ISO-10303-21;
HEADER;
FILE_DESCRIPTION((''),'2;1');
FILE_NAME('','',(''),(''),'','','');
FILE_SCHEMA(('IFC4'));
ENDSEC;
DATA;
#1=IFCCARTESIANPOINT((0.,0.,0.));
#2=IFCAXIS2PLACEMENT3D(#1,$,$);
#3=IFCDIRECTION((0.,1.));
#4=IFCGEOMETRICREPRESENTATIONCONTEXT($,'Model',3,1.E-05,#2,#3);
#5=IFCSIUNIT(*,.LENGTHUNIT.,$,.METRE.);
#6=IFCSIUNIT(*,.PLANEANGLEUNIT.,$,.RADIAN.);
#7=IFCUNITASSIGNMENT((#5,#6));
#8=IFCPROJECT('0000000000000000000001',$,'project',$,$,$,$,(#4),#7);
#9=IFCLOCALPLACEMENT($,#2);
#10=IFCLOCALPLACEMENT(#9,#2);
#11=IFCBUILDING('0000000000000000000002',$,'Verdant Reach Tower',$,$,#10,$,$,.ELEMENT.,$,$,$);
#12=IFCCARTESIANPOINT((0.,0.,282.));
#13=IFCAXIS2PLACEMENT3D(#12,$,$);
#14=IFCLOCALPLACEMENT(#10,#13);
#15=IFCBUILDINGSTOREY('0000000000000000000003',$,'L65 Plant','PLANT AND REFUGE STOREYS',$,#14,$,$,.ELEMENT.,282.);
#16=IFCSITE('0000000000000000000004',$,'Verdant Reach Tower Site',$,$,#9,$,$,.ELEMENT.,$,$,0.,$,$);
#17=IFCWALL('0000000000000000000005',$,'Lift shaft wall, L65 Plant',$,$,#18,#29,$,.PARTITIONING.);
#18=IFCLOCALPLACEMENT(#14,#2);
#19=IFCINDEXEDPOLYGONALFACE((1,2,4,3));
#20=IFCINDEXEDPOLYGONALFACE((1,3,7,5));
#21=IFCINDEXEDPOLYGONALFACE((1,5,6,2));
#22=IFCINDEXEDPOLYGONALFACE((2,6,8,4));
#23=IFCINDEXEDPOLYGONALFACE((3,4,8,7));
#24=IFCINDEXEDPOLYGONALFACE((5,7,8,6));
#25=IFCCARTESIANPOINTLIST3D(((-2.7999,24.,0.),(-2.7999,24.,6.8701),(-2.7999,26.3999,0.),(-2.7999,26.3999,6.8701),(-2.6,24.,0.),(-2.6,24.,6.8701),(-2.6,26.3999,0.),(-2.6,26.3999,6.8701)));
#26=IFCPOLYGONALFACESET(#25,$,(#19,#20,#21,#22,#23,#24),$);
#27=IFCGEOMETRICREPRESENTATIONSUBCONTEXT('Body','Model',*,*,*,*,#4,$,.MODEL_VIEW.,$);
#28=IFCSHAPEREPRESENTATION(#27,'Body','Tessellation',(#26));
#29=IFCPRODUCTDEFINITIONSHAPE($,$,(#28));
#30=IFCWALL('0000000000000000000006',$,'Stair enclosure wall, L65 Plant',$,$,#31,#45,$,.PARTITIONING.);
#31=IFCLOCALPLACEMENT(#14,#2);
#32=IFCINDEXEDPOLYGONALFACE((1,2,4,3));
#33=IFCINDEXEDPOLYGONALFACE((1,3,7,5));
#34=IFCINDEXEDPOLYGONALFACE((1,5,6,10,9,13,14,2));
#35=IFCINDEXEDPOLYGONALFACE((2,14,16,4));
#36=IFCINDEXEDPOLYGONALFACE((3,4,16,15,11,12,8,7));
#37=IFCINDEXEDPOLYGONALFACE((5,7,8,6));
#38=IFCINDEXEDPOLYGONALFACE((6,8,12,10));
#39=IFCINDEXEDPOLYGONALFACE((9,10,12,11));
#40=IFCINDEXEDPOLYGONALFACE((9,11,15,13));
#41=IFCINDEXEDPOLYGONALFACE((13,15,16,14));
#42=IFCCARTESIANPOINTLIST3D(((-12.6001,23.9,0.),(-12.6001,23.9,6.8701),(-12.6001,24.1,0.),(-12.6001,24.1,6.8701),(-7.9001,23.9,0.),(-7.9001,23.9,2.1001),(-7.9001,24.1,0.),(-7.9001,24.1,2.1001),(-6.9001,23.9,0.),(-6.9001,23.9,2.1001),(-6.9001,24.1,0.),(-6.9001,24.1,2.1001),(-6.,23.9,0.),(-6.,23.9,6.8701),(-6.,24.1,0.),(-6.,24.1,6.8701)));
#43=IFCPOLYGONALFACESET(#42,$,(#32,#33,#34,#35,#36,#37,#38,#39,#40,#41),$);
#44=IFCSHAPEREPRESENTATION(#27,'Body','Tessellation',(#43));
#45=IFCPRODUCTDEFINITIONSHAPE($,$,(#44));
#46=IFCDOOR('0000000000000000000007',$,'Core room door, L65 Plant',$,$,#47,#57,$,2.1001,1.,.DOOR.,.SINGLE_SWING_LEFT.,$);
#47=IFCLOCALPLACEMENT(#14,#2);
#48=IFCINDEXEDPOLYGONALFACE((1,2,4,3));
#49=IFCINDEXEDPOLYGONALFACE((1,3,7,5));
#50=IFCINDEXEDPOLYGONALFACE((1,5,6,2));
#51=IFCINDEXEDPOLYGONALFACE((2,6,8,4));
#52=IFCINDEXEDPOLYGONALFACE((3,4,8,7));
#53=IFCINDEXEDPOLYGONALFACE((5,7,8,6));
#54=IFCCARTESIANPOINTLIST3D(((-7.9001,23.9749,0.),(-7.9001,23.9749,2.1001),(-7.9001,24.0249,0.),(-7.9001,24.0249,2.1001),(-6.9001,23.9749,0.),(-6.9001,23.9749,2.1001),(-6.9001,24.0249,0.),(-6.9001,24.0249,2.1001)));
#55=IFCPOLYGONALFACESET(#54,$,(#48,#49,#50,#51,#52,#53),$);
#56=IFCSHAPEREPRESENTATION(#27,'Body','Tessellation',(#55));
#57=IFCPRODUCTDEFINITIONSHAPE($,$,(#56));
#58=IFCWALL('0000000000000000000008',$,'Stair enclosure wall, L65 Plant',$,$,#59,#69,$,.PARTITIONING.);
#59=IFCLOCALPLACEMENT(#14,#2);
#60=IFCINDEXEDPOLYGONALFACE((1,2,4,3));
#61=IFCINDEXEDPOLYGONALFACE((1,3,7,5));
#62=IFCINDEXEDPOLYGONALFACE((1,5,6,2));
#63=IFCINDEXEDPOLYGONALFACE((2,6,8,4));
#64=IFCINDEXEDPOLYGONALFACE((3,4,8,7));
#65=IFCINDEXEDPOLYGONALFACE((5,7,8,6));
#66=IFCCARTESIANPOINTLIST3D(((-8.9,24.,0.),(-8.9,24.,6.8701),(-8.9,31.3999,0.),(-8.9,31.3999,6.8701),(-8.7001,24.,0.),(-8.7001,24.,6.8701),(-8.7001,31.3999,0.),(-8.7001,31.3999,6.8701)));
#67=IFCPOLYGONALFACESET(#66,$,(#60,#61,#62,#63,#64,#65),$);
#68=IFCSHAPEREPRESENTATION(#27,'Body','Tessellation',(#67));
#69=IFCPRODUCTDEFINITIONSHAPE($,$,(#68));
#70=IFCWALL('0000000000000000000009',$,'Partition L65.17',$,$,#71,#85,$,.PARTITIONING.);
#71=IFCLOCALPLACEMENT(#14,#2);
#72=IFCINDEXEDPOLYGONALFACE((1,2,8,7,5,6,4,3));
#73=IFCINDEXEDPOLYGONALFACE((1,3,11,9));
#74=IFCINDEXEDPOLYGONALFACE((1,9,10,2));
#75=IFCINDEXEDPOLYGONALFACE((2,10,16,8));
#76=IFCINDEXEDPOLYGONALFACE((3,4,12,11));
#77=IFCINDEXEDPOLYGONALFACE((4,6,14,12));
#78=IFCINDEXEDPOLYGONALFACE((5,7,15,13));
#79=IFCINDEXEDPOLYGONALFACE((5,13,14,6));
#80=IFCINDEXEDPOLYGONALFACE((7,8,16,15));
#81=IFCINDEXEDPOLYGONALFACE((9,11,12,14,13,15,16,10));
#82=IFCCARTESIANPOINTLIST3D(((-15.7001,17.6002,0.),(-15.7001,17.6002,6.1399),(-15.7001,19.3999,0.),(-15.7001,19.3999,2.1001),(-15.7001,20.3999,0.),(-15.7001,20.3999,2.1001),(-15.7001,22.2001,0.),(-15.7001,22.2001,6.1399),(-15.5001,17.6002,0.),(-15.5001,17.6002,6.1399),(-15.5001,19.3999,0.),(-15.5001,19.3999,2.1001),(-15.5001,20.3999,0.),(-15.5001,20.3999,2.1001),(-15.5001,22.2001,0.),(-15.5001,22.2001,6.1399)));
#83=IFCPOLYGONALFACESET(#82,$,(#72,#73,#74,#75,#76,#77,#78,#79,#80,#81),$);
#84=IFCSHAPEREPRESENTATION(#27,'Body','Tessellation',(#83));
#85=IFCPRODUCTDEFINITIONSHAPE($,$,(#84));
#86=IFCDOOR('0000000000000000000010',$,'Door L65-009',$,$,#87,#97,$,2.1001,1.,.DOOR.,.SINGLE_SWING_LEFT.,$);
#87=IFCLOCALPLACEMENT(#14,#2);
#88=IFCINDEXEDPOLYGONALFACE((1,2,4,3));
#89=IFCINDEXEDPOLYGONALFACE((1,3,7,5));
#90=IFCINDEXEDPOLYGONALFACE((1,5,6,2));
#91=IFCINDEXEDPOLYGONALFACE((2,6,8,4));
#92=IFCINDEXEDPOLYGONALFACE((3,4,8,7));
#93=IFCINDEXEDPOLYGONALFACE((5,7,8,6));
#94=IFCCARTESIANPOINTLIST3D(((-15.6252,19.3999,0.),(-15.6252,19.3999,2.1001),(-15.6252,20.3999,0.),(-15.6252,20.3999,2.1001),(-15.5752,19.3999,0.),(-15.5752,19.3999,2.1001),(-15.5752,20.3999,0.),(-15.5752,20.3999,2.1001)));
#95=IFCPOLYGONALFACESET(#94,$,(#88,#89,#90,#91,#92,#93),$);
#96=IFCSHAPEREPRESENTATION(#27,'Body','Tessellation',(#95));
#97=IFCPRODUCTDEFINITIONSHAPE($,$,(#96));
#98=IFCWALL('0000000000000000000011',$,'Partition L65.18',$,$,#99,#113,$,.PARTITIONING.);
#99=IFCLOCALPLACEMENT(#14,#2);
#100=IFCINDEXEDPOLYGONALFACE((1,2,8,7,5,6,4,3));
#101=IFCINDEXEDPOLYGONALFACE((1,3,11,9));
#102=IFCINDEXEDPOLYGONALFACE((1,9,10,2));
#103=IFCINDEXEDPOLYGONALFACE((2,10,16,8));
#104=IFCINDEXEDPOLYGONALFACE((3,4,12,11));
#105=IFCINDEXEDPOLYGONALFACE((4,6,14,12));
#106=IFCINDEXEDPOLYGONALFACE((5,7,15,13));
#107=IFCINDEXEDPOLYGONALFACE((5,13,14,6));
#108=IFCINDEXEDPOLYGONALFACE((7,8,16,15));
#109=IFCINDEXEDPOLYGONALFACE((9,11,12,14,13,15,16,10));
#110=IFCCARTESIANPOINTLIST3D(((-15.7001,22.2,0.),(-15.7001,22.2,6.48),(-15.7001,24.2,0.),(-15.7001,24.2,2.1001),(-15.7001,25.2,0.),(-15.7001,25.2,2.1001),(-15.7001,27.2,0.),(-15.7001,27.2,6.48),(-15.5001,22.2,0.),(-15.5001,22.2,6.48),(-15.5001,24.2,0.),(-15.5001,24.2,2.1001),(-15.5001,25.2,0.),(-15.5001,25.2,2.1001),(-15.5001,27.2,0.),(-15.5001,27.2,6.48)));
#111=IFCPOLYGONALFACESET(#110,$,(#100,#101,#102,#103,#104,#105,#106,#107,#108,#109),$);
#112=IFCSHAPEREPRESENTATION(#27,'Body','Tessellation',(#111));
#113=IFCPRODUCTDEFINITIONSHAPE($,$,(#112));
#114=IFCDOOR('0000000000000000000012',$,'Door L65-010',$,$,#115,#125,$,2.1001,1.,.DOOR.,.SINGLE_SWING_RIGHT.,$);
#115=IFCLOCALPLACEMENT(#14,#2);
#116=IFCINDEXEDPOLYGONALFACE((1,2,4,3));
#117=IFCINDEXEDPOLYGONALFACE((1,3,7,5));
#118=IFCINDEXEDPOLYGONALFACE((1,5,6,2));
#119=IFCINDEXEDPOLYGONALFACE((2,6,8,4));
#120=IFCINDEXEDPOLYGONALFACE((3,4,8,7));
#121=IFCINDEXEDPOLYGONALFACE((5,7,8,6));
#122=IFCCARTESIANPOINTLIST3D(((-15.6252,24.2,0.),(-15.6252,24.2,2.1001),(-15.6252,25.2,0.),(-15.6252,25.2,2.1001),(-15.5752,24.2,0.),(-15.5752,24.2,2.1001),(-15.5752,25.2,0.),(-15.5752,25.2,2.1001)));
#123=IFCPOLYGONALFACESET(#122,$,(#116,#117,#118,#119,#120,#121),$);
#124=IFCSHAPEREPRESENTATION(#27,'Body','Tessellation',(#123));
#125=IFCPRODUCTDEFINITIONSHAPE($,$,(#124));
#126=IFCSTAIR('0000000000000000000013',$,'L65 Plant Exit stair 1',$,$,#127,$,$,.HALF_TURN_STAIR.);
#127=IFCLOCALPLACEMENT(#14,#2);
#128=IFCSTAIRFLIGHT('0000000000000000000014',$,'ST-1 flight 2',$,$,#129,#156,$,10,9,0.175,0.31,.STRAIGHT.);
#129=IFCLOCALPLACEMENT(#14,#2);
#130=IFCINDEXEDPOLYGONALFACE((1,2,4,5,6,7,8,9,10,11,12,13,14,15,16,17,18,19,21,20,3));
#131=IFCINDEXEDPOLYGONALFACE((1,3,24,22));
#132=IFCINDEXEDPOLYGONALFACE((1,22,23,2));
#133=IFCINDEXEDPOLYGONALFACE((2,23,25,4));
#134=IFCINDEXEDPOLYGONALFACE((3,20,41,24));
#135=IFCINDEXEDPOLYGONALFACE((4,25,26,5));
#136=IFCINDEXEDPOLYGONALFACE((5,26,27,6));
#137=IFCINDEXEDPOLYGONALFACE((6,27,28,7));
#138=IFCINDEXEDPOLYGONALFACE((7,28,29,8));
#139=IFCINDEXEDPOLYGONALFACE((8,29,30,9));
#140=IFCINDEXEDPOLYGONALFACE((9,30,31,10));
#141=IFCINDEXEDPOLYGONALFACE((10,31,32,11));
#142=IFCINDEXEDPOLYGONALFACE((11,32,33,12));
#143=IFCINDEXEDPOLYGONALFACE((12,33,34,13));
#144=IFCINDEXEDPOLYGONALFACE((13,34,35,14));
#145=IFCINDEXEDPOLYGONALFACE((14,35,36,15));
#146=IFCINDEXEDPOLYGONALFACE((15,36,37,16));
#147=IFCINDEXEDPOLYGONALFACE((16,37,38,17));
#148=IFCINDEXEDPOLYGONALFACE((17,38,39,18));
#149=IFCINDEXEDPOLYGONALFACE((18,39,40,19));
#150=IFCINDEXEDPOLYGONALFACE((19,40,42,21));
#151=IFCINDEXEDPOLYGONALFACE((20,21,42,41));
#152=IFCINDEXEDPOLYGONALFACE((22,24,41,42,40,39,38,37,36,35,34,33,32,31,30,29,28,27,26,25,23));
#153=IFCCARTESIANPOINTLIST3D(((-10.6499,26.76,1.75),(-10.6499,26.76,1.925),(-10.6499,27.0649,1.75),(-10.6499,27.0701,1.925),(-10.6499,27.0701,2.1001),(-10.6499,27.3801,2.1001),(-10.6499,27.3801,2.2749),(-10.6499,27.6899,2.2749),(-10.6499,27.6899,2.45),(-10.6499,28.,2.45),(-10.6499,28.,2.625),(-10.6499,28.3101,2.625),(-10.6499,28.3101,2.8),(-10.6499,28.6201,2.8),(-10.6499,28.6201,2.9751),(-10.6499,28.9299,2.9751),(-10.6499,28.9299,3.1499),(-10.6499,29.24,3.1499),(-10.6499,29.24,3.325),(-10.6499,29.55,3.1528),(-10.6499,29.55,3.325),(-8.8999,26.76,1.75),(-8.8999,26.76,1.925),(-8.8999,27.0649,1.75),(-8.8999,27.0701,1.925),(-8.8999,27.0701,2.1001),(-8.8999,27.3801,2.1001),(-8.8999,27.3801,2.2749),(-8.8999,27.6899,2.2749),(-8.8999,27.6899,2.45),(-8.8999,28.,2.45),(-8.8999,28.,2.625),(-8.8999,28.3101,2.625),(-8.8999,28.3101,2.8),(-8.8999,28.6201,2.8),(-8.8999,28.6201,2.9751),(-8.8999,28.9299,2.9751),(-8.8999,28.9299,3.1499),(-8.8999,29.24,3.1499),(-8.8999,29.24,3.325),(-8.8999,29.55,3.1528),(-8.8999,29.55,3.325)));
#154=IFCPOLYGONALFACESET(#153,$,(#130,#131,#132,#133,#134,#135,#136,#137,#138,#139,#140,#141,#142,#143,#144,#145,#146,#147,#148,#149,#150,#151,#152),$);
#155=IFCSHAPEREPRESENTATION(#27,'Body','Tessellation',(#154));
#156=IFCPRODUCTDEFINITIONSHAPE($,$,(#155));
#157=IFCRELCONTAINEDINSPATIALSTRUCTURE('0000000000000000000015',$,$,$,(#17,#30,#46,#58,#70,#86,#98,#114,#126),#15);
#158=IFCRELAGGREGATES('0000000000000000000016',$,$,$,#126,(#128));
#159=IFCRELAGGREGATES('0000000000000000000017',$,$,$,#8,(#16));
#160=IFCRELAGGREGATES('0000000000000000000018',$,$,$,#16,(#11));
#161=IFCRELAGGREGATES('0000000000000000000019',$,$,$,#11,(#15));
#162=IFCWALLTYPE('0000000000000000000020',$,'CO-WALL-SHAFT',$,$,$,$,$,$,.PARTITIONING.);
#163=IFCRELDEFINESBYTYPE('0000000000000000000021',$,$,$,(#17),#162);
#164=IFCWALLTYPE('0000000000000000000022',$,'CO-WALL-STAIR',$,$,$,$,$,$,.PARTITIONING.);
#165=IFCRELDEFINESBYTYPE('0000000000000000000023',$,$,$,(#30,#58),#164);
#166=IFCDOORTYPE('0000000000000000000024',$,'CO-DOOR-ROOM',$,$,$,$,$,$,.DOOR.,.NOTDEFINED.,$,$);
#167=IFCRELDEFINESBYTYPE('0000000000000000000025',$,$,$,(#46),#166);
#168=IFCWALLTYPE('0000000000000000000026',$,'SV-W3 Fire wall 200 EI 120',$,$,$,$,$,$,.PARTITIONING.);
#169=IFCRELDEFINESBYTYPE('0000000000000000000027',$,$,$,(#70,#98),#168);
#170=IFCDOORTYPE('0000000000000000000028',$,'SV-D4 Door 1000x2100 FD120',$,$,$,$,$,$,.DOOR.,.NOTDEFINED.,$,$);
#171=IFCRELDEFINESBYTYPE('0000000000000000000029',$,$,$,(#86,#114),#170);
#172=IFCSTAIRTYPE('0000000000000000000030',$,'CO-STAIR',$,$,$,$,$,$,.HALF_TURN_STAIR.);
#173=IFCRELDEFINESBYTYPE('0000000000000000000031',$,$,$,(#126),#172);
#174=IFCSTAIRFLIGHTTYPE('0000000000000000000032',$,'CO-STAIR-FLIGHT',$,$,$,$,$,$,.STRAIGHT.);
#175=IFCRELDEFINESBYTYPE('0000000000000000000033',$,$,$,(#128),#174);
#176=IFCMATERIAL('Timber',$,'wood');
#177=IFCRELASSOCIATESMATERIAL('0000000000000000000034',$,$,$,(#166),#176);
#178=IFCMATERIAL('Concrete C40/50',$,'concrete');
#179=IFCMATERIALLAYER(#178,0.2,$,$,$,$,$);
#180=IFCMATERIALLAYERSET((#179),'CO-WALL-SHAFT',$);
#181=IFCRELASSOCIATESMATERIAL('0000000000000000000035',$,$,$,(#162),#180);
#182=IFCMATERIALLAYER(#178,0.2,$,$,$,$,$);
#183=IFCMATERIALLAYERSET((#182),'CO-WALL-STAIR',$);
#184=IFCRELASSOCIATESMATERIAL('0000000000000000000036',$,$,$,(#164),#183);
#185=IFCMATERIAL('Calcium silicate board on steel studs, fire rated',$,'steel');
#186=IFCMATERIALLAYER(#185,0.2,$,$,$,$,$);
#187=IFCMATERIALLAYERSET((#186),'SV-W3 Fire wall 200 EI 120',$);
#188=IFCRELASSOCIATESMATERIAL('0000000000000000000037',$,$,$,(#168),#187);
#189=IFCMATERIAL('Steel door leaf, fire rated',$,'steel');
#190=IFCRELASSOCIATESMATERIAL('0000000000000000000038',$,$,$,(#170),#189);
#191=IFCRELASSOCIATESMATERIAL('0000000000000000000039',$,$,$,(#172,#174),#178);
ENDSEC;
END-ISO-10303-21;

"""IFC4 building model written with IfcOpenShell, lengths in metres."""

from ifc_helpers import new_model, si_unit, direction, frame, frame_2d, origin, place, context, subcontext, project, spatial, polyline, rectangle, outline, extrude, material, layer, layer_set, type_object, element, fill, aggregate, save


model = new_model("IFC4")

# Units and contexts
model_context = context("Model", 3, precision=1e-05, world=origin(), true_north=direction((0.0, 1.0)))
body_context = subcontext(model_context, "Body", "Model", "MODEL_VIEW")
ifc_project = project(units=[si_unit("LENGTHUNIT", "METRE"), si_unit("PLANEANGLEUNIT", "RADIAN")], contexts=[model_context])

# Site, building, storey
site_placement = place(None, origin())
site = spatial("IfcSite", under=ifc_project, at=site_placement, Name="Verdant Reach Tower Site", CompositionType="ELEMENT", RefElevation=0.0)
building_placement = place(site_placement, origin())
building = spatial("IfcBuilding", under=site, at=building_placement, Name="Verdant Reach Tower", CompositionType="ELEMENT")
storey_placement = place(building_placement, frame((0.0, 0.0, 282.0)))
storey = spatial("IfcBuildingStorey", under=building, at=storey_placement, Name="L65 Plant", Description="PLANT AND REFUGE STOREYS", CompositionType="ELEMENT", Elevation=282.0)

# Shared definitions
ifc_material_1 = material(Name="Timber", Category="wood")
door_type_1 = type_object("IfcDoorType", Name="CO-DOOR-ROOM", OperationType="NOTDEFINED", PredefinedType="DOOR", material=ifc_material_1)

# Wall
ifc_material_2 = material(Name="Concrete C40/50", Category="concrete")
ifc_layer_1 = layer(ifc_material_2, 0.2)
ifc_layer_set_1 = layer_set([ifc_layer_1], Name="CO-WALL-SHAFT")
wall_type_1 = type_object("IfcWallType", Name="CO-WALL-SHAFT", PredefinedType="PARTITIONING", material=ifc_layer_set_1)
wall_1_placement = place(storey_placement, frame((-2.7, 24.0, 0.0), z_axis=(0.0, 0.0, 1.0), x_axis=(0.0, 1.0, 0.0)))
element("IfcWall", 1, at=wall_1_placement, inside=storey, type_object=wall_type_1, Name="Lift shaft wall, L65 Plant", PredefinedType="PARTITIONING", context=body_context, shape_type="SweptSolid", body=[
    extrude(rectangle(XDim=2.3999, YDim=0.2, at=frame_2d((1.2, 0.0))), origin(), (0.0, 0.0, 1.0), 6.8701),
])

# Wall, opening, door
ifc_layer_2 = layer(ifc_material_2, 0.2)
ifc_layer_set_2 = layer_set([ifc_layer_2], Name="CO-WALL-STAIR")
wall_type_2 = type_object("IfcWallType", Name="CO-WALL-STAIR", PredefinedType="PARTITIONING", material=ifc_layer_set_2)
wall_2_placement = place(storey_placement, frame((-12.6001, 24.0, 0.0), z_axis=(0.0, 0.0, 1.0), x_axis=(1.0, 0.0, 0.0)))
wall_2 = element("IfcWall", 2, at=wall_2_placement, inside=storey, type_object=wall_type_2, Name="Stair enclosure wall, L65 Plant", PredefinedType="PARTITIONING", context=body_context, shape_type="SweptSolid", body=[
    extrude(rectangle(XDim=6.6001, YDim=0.2, at=frame_2d((3.3, 0.0))), origin(), (0.0, 0.0, 1.0), 6.8701),
])
opening_1_placement = place(wall_2_placement, frame((4.7, 0.0, 0.0)))
opening_1 = element("IfcOpeningElement", 3, at=opening_1_placement, cuts=wall_2, PredefinedType="OPENING", context=body_context, shape_type="SweptSolid", body=[
    extrude(rectangle(XDim=1.0, YDim=2.1001, at=frame_2d((0.5, 1.05))), frame((0.0, 0.1099, 0.0), z_axis=(0.0, -1.0, 0.0), x_axis=(1.0, 0.0, 0.0)), (0.0, 0.0, 1.0), 0.22),
])
door_1_placement = place(opening_1_placement, origin())
door_1 = element("IfcDoor", 4, at=door_1_placement, inside=storey, type_object=door_type_1, Name="Core room door, L65 Plant", OperationType="SINGLE_SWING_LEFT", OverallHeight=2.1001, OverallWidth=1.0, PredefinedType="DOOR", context=body_context, shape_type="SweptSolid", body=[
    extrude(rectangle(XDim=1.0, YDim=2.1001, at=frame_2d((0.5, 1.05))), frame((0.0, 0.0249, 0.0), z_axis=(0.0, -1.0, 0.0), x_axis=(1.0, 0.0, 0.0)), (0.0, 0.0, 1.0), 0.05),
])
fill(opening_1, door_1)

# Wall
wall_3_placement = place(storey_placement, frame((-8.8, 24.0, 0.0), z_axis=(0.0, 0.0, 1.0), x_axis=(0.0, 1.0, 0.0)))
element("IfcWall", 5, at=wall_3_placement, inside=storey, type_object=wall_type_2, Name="Stair enclosure wall, L65 Plant", PredefinedType="PARTITIONING", context=body_context, shape_type="SweptSolid", body=[
    extrude(rectangle(XDim=7.3999, YDim=0.2, at=frame_2d((3.7, 0.0))), origin(), (0.0, 0.0, 1.0), 6.8701),
])

# Walls, openings, doors
ifc_material_3 = material(Name="Calcium silicate board on steel studs, fire rated", Category="steel")
ifc_layer_3 = layer(ifc_material_3, 0.2)
ifc_layer_set_3 = layer_set([ifc_layer_3], Name="SV-W3 Fire wall 200 EI 120")
wall_type_3 = type_object("IfcWallType", Name="SV-W3 Fire wall 200 EI 120", PredefinedType="PARTITIONING", material=ifc_layer_set_3)
wall_4_placement = place(storey_placement, frame((-15.6001, 22.2, 0.0), z_axis=(0.0, 0.0, 1.0), x_axis=(0.0, -1.0, 0.0)))
wall_4 = element("IfcWall", 6, at=wall_4_placement, inside=storey, type_object=wall_type_3, Name="Partition L65.17", PredefinedType="PARTITIONING", context=body_context, shape_type="SweptSolid", body=[
    extrude(rectangle(XDim=4.5999, YDim=0.2, at=frame_2d((2.2998, 0.0))), origin(), (0.0, 0.0, 1.0), 6.1399),
])
opening_2_placement = place(wall_4_placement, frame((1.8, 0.0, 0.0)))
opening_2 = element("IfcOpeningElement", 7, at=opening_2_placement, cuts=wall_4, PredefinedType="OPENING", context=body_context, shape_type="SweptSolid", body=[
    extrude(rectangle(XDim=1.0, YDim=2.1001, at=frame_2d((0.5, 1.05))), frame((0.0, 0.1099, 0.0), z_axis=(0.0, -1.0, 0.0), x_axis=(1.0, 0.0, 0.0)), (0.0, 0.0, 1.0), 0.22),
])
ifc_material_4 = material(Name="Steel door leaf, fire rated", Category="steel")
door_type_2 = type_object("IfcDoorType", Name="SV-D4 Door 1000x2100 FD120", OperationType="NOTDEFINED", PredefinedType="DOOR", material=ifc_material_4)
door_2_placement = place(opening_2_placement, origin())
door_2 = element("IfcDoor", 8, at=door_2_placement, inside=storey, type_object=door_type_2, Name="Door L65-009", OperationType="SINGLE_SWING_LEFT", OverallHeight=2.1001, OverallWidth=1.0, PredefinedType="DOOR", context=body_context, shape_type="SweptSolid", body=[
    extrude(rectangle(XDim=1.0, YDim=2.1001, at=frame_2d((0.5, 1.05))), frame((0.0, 0.0249, 0.0), z_axis=(0.0, -1.0, 0.0), x_axis=(1.0, 0.0, 0.0)), (0.0, 0.0, 1.0), 0.05),
])
fill(opening_2, door_2)
wall_5_placement = place(storey_placement, frame((-15.6001, 27.2, 0.0), z_axis=(0.0, 0.0, 1.0), x_axis=(0.0, -1.0, 0.0)))
wall_5 = element("IfcWall", 9, at=wall_5_placement, inside=storey, type_object=wall_type_3, Name="Partition L65.18", PredefinedType="PARTITIONING", context=body_context, shape_type="SweptSolid", body=[
    extrude(rectangle(XDim=5.0, YDim=0.2, at=frame_2d((2.5, 0.0))), origin(), (0.0, 0.0, 1.0), 6.48),
])
opening_3_placement = place(wall_5_placement, frame((2.0, 0.0, 0.0)))
opening_3 = element("IfcOpeningElement", 10, at=opening_3_placement, cuts=wall_5, PredefinedType="OPENING", context=body_context, shape_type="SweptSolid", body=[
    extrude(rectangle(XDim=1.0, YDim=2.1001, at=frame_2d((0.5, 1.05))), frame((0.0, 0.1099, 0.0), z_axis=(0.0, -1.0, 0.0), x_axis=(1.0, 0.0, 0.0)), (0.0, 0.0, 1.0), 0.22),
])
door_3_placement = place(opening_3_placement, origin())
door_3 = element("IfcDoor", 11, at=door_3_placement, inside=storey, type_object=door_type_2, Name="Door L65-010", OperationType="SINGLE_SWING_RIGHT", OverallHeight=2.1001, OverallWidth=1.0, PredefinedType="DOOR", context=body_context, shape_type="SweptSolid", body=[
    extrude(rectangle(XDim=1.0, YDim=2.1001, at=frame_2d((0.5, 1.05))), frame((0.0, 0.0249, 0.0), z_axis=(0.0, -1.0, 0.0), x_axis=(1.0, 0.0, 0.0)), (0.0, 0.0, 1.0), 0.05),
])
fill(opening_3, door_3)

# Stair, stair flight
stair_type = type_object("IfcStairType", Name="CO-STAIR", PredefinedType="HALF_TURN_STAIR", material=ifc_material_2)
stair_placement = place(storey_placement, origin())
stair = element("IfcStair", 12, at=stair_placement, inside=storey, type_object=stair_type, Name="L65 Plant Exit stair 1", PredefinedType="HALF_TURN_STAIR")
stair_flight_type = type_object("IfcStairFlightType", Name="CO-STAIR-FLIGHT", PredefinedType="STRAIGHT", material=ifc_material_2)
stair_flight_1_placement = place(storey_placement, frame((-9.7749, 26.76, 1.75), z_axis=(0.0, 0.0, 1.0), x_axis=(0.0, 1.0, 0.0)))
stair_flight_1 = element("IfcStairFlight", 13, at=stair_flight_1_placement, type_object=stair_flight_type, Name="ST-1 flight 2", NumberOfRisers=10, NumberOfTreads=9, PredefinedType="STRAIGHT", RiserHeight=0.175, TreadLength=0.31, context=body_context, shape_type="SweptSolid", body=[
    extrude(outline(polyline([(0.0, 0.0), (0.0, 0.175), (0.3101, 0.175), (0.3101, 0.3501), (0.6201, 0.3501), (0.6201, 0.5249), (0.9299, 0.5249), (0.9299, 0.7), (1.24, 0.7), (1.24, 0.875), (1.55, 0.875), (1.55, 1.05), (1.8601, 1.05), (1.8601, 1.2251), (2.1699, 1.2251), (2.1699, 1.3999), (2.48, 1.3999), (2.48, 1.575), (2.79, 1.575), (2.79, 1.75), (2.79, 1.4028), (0.3049, 0.0), (0.0, 0.0)])), frame((0.0, 0.875, 0.0), z_axis=(0.0, -1.0, 0.0), x_axis=(1.0, 0.0, 0.0)), (0.0, 0.0, 1.0), 1.75),
])
aggregate(stair, [stair_flight_1])

save(model, "model.ifc")
